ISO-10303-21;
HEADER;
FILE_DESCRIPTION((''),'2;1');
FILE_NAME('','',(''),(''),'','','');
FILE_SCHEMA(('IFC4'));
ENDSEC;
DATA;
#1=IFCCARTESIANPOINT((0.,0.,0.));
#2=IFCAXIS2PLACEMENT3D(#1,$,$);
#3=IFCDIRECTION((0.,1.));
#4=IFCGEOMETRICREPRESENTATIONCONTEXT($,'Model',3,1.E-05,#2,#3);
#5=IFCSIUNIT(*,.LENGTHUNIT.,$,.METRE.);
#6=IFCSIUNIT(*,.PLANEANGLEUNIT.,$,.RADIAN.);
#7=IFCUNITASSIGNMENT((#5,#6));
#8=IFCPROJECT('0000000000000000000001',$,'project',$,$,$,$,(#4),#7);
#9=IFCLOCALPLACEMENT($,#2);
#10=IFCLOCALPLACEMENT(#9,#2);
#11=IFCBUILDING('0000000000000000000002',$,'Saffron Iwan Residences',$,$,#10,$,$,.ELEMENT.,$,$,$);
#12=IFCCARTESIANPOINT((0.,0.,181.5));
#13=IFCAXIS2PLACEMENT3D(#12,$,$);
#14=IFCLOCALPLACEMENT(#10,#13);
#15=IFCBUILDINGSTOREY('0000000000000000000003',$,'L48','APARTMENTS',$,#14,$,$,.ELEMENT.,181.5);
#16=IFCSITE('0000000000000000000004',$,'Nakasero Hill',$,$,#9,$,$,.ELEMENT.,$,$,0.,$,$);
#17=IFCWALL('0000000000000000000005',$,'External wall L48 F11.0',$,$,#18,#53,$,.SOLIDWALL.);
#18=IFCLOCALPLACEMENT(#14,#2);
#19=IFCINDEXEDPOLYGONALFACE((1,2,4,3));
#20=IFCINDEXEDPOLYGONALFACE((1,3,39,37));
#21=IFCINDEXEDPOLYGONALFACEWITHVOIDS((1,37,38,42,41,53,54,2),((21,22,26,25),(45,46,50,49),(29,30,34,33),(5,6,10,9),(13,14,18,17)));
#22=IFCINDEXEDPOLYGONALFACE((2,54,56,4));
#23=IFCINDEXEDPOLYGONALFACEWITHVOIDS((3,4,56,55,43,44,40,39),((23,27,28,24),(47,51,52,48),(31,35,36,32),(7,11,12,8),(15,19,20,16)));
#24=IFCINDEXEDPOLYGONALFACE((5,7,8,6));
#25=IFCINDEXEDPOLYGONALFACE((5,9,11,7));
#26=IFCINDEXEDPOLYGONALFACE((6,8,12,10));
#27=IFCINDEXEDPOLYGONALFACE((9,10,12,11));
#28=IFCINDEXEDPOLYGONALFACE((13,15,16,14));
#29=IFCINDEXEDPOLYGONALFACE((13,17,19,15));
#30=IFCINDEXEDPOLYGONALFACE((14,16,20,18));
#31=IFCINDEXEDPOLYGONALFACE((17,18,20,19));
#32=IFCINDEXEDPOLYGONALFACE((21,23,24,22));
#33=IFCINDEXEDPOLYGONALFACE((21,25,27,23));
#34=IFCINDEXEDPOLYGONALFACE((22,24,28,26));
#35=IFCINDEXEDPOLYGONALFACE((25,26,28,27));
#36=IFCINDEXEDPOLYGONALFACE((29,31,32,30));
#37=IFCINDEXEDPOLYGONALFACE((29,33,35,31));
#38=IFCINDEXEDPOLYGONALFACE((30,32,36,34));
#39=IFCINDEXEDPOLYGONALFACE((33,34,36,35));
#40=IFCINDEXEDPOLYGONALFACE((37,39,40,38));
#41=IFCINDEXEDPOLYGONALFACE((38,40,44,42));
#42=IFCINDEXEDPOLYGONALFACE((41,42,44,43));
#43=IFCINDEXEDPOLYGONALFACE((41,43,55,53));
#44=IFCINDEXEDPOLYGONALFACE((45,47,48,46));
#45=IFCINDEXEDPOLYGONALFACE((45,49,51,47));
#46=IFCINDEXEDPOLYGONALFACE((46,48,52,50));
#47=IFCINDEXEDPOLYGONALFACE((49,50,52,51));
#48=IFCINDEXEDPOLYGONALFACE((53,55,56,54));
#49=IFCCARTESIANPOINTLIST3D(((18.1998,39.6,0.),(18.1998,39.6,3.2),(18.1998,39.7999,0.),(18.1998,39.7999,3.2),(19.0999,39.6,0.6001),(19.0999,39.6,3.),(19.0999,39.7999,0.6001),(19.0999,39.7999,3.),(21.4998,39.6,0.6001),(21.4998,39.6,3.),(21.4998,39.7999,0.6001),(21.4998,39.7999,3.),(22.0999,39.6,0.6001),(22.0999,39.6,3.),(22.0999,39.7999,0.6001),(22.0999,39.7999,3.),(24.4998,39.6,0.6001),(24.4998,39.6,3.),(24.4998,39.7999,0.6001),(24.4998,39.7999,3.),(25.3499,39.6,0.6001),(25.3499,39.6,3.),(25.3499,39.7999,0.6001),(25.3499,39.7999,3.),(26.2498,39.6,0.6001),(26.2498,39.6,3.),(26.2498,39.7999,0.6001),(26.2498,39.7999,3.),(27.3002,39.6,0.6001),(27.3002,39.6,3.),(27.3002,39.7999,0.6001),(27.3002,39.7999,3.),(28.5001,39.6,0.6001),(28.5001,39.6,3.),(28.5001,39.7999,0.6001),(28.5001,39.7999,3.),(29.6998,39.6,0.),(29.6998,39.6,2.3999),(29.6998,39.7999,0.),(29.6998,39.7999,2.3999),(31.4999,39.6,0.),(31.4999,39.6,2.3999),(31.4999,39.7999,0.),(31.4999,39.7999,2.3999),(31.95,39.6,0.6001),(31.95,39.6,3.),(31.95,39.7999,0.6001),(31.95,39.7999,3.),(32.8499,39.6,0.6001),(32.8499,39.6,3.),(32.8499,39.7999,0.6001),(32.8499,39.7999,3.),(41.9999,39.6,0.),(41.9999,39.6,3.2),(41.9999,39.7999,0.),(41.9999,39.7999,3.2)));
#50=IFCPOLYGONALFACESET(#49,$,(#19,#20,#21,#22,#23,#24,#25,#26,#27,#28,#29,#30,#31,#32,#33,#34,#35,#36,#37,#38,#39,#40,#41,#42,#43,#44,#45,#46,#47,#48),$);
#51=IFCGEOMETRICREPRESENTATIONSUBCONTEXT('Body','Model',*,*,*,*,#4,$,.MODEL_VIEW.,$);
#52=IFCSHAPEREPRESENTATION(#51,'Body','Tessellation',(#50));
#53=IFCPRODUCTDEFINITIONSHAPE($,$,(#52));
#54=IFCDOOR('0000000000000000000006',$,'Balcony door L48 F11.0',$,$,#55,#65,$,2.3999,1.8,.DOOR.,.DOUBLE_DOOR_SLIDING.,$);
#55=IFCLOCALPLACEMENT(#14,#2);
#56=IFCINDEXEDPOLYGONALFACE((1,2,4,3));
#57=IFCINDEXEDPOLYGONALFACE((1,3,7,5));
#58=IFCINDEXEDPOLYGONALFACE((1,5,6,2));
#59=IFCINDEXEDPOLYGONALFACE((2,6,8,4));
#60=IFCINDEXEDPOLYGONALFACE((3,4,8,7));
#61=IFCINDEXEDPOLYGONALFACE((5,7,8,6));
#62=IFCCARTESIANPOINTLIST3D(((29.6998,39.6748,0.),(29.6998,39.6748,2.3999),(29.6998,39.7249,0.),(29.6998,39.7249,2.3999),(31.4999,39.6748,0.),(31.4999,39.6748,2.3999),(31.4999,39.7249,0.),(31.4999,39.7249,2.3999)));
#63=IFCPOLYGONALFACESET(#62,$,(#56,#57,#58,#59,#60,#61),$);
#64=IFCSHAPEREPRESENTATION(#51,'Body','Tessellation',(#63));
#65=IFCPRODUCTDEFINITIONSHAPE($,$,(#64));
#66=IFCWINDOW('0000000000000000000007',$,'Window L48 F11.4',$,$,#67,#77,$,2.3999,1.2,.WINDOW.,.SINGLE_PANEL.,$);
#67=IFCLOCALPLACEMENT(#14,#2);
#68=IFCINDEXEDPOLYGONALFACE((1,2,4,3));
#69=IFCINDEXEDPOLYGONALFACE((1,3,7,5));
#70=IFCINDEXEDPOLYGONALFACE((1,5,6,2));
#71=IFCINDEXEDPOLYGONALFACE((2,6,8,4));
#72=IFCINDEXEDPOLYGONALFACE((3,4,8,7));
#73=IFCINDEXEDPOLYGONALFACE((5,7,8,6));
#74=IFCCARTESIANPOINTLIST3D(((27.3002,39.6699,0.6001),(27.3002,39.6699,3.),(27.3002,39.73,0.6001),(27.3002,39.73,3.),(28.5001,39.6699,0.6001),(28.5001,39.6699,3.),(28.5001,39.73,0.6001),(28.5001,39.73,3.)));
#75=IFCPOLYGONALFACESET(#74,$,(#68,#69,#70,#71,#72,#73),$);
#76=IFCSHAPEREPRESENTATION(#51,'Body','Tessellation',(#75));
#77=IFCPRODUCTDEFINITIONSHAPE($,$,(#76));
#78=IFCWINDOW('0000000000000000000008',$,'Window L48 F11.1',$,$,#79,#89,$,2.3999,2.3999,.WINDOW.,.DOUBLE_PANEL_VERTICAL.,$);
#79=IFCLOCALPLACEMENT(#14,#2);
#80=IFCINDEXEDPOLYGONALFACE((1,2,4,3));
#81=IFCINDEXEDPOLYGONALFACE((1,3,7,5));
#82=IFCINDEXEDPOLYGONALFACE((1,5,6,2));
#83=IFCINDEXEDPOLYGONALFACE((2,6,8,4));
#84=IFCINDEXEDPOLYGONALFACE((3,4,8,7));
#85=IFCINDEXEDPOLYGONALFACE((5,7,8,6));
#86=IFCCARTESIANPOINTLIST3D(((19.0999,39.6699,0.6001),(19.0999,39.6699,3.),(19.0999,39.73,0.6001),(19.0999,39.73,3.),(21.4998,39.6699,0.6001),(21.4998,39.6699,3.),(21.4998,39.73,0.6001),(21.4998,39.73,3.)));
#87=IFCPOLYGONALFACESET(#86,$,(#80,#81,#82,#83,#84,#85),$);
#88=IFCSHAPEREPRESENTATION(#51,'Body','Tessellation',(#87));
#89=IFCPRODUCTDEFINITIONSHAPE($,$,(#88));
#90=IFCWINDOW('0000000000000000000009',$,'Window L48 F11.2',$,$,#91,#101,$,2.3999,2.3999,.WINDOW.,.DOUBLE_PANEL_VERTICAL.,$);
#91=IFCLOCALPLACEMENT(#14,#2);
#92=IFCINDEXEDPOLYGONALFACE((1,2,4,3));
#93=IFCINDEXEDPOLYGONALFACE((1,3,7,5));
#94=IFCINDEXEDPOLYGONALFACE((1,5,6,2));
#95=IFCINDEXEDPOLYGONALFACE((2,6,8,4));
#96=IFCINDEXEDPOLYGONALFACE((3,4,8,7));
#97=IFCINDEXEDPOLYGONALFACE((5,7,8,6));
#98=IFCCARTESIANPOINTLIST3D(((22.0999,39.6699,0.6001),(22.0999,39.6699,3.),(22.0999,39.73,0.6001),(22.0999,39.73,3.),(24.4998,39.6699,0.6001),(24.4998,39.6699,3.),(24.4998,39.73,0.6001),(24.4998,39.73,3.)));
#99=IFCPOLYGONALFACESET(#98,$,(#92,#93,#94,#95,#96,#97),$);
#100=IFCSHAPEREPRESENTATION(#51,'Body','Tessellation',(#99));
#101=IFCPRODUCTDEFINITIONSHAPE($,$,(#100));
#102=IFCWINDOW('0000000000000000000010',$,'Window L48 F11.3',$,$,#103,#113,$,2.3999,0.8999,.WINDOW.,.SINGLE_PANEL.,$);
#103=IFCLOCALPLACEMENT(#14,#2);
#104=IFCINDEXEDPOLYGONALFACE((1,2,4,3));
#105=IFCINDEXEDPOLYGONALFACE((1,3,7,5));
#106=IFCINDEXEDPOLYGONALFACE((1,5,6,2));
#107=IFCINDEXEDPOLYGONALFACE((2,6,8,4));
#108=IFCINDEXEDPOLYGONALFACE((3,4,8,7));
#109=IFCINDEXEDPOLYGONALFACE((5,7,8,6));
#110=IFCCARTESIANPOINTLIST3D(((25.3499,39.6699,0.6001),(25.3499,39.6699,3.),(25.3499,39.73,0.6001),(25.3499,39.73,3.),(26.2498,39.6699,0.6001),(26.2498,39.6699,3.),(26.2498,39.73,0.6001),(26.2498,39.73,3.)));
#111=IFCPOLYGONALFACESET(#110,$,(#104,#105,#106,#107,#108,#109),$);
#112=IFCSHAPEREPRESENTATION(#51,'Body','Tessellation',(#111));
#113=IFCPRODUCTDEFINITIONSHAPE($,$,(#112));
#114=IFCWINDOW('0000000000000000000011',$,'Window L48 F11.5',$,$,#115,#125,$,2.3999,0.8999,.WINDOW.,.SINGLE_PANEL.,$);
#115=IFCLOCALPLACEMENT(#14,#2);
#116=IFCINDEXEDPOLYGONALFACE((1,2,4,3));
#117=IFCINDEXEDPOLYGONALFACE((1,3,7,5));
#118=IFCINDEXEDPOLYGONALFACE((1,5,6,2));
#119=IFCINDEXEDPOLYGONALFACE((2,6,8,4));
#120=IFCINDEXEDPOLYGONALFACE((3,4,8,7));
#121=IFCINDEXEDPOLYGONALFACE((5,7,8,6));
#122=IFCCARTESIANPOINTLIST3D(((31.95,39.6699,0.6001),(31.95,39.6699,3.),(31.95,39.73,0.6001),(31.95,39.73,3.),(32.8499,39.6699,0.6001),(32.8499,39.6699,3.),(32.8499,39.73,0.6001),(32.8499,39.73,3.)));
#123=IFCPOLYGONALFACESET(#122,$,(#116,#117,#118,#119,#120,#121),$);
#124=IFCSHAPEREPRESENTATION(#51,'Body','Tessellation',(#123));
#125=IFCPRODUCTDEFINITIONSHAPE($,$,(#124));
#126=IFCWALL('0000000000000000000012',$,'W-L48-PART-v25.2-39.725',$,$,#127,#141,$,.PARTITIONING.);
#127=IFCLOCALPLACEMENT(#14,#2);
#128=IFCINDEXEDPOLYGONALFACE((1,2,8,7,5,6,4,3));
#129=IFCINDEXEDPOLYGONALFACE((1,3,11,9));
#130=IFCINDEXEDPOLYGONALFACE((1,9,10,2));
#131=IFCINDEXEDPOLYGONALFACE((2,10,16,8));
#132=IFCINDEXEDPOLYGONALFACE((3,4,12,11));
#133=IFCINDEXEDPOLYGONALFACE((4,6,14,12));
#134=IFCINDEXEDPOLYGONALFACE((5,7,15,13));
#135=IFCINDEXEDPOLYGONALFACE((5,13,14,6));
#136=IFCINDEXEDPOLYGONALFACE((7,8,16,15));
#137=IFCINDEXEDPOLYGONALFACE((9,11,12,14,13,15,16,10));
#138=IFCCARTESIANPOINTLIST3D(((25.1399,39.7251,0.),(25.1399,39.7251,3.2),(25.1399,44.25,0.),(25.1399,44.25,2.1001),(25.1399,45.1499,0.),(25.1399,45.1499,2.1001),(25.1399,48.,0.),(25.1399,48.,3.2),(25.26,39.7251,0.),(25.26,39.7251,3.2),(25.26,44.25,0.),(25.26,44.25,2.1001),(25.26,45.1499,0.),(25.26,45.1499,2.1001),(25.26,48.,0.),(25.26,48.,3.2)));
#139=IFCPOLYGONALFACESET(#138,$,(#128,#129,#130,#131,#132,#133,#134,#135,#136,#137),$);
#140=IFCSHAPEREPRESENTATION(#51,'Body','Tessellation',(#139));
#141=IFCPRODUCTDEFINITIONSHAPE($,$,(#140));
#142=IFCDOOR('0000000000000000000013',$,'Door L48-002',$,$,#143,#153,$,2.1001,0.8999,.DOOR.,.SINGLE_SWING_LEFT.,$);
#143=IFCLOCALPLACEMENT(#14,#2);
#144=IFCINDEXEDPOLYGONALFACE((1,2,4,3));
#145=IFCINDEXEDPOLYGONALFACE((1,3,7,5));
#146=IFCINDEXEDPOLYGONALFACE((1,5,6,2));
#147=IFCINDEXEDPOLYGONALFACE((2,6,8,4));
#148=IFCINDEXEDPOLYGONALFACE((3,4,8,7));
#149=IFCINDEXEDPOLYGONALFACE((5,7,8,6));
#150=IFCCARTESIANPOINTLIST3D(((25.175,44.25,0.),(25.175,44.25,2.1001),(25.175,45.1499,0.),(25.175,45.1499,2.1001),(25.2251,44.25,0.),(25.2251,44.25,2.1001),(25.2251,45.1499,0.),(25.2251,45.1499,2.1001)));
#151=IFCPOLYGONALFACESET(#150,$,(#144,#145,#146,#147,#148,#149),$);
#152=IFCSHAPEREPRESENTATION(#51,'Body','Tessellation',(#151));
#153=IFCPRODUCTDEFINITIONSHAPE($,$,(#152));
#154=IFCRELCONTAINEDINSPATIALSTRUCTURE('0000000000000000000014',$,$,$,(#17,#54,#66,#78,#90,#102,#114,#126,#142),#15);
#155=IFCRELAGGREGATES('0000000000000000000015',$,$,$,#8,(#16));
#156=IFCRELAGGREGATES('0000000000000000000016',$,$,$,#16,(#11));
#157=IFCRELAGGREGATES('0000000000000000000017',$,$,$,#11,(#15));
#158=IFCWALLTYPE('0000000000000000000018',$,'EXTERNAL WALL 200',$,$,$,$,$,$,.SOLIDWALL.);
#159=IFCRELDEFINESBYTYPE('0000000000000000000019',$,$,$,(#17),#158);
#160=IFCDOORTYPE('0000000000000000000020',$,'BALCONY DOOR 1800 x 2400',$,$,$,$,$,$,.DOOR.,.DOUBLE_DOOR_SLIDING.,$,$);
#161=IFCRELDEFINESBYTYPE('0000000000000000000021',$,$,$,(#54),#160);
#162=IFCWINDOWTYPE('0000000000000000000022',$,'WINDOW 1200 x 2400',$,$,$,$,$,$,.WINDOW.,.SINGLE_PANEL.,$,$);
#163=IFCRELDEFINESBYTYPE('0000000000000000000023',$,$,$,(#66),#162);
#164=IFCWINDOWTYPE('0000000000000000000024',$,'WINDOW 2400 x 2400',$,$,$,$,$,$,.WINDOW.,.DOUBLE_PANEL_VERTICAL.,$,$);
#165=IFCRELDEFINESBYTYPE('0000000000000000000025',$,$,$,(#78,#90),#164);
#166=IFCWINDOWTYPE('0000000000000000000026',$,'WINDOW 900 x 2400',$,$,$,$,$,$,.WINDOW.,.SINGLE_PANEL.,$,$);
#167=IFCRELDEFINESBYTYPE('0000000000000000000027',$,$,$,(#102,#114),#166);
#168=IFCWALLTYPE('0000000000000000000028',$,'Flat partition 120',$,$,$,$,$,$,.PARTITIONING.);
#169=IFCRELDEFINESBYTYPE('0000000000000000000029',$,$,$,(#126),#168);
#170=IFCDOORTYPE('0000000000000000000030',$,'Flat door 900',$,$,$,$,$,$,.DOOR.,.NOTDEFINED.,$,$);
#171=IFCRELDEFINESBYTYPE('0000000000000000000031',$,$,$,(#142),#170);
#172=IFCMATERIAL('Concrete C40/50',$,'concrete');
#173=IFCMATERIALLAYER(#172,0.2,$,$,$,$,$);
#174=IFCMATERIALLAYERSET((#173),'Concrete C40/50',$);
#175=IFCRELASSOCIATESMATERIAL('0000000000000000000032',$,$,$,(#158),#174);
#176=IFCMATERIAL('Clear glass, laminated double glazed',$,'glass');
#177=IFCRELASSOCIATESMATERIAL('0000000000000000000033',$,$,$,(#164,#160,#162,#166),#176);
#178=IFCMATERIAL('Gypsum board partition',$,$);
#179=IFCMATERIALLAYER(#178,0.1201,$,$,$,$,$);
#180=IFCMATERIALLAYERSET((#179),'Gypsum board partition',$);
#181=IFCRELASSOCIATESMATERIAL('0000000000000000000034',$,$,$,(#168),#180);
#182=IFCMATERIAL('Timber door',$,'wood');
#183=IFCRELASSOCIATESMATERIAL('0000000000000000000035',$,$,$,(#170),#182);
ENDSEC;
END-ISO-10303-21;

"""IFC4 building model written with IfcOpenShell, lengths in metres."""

from ifc_helpers import new_model, si_unit, direction, frame, frame_2d, origin, place, context, subcontext, project, spatial, rectangle, extrude, material, layer, layer_set, type_object, element, fill, save


model = new_model("IFC4")

# Units and contexts
model_context = context("Model", 3, precision=1e-05, world=origin(), true_north=direction((0.0, 1.0)))
body_context = subcontext(model_context, "Body", "Model", "MODEL_VIEW")
ifc_project = project(units=[si_unit("LENGTHUNIT", "METRE"), si_unit("PLANEANGLEUNIT", "RADIAN")], contexts=[model_context])

# Site, building, storey
site_placement = place(None, origin())
site = spatial("IfcSite", under=ifc_project, at=site_placement, Name="Nakasero Hill", CompositionType="ELEMENT", RefElevation=0.0)
building_placement = place(site_placement, origin())
building = spatial("IfcBuilding", under=site, at=building_placement, Name="Saffron Iwan Residences", CompositionType="ELEMENT")
storey_placement = place(building_placement, frame((0.0, 0.0, 181.5)))
storey = spatial("IfcBuildingStorey", under=building, at=storey_placement, Name="L48", Description="APARTMENTS", CompositionType="ELEMENT", Elevation=181.5)

# Shared definitions
ifc_material_1 = material(Name="Concrete C40/50", Category="concrete")
ifc_layer_1 = layer(ifc_material_1, 0.2)
ifc_layer_set_1 = layer_set([ifc_layer_1], Name="Concrete C40/50")
wall_type_1 = type_object("IfcWallType", Name="EXTERNAL WALL 200", PredefinedType="SOLIDWALL", material=ifc_layer_set_1)
ifc_material_2 = material(Name="Clear glass, laminated double glazed", Category="glass")
window_type_1 = type_object("IfcWindowType", Name="WINDOW 2400 x 2400", PartitioningType="DOUBLE_PANEL_VERTICAL", PredefinedType="WINDOW", material=ifc_material_2)

# Wall, openings, door, windows
wall_1_placement = place(storey_placement, frame((18.2, 39.7, 0.0), z_axis=(0.0, 0.0, 1.0), x_axis=(1.0, 0.0, 0.0)))
wall_1 = element("IfcWall", 1, at=wall_1_placement, inside=storey, type_object=wall_type_1, Name="External wall L48 F11.0", PredefinedType="SOLIDWALL", context=body_context, shape_type="SweptSolid", body=[
    extrude(rectangle(XDim=23.8, YDim=0.2, at=frame_2d((11.8999, 0.0))), origin(), (0.0, 0.0, 1.0), 3.2),
])
opening_1_placement = place(wall_1_placement, frame((11.5, 0.0, 0.0)))
opening_1 = element("IfcOpeningElement", 2, at=opening_1_placement, cuts=wall_1, PredefinedType="OPENING", context=body_context, shape_type="SweptSolid", body=[
    extrude(rectangle(XDim=1.8, YDim=2.3999, at=frame_2d((0.8999, 1.2))), frame((0.0, 0.1099, 0.0), z_axis=(0.0, -1.0, 0.0), x_axis=(1.0, 0.0, 0.0)), (0.0, 0.0, 1.0), 0.22),
])
opening_2_placement = place(wall_1_placement, frame((0.8999, 0.0, 0.6001)))
opening_2 = element("IfcOpeningElement", 3, at=opening_2_placement, cuts=wall_1, PredefinedType="OPENING", context=body_context, shape_type="SweptSolid", body=[
    extrude(rectangle(XDim=2.3999, YDim=2.3999, at=frame_2d((1.2, 1.2))), frame((0.0, 0.1099, 0.0), z_axis=(0.0, -1.0, 0.0), x_axis=(1.0, 0.0, 0.0)), (0.0, 0.0, 1.0), 0.22),
])
opening_3_placement = place(wall_1_placement, frame((3.8999, 0.0, 0.6001)))
opening_3 = element("IfcOpeningElement", 4, at=opening_3_placement, cuts=wall_1, PredefinedType="OPENING", context=body_context, shape_type="SweptSolid", body=[
    extrude(rectangle(XDim=2.3999, YDim=2.3999, at=frame_2d((1.2, 1.2))), frame((0.0, 0.1099, 0.0), z_axis=(0.0, -1.0, 0.0), x_axis=(1.0, 0.0, 0.0)), (0.0, 0.0, 1.0), 0.22),
])
opening_4_placement = place(wall_1_placement, frame((7.1499, 0.0, 0.6001)))
opening_4 = element("IfcOpeningElement", 5, at=opening_4_placement, cuts=wall_1, PredefinedType="OPENING", context=body_context, shape_type="SweptSolid", body=[
    extrude(rectangle(XDim=0.8999, YDim=2.3999, at=frame_2d((0.45, 1.2))), frame((0.0, 0.1099, 0.0), z_axis=(0.0, -1.0, 0.0), x_axis=(1.0, 0.0, 0.0)), (0.0, 0.0, 1.0), 0.22),
])
opening_5_placement = place(wall_1_placement, frame((9.1001, 0.0, 0.6001)))
opening_5 = element("IfcOpeningElement", 6, at=opening_5_placement, cuts=wall_1, PredefinedType="OPENING", context=body_context, shape_type="SweptSolid", body=[
    extrude(rectangle(XDim=1.2, YDim=2.3999, at=frame_2d((0.6001, 1.2))), frame((0.0, 0.1099, 0.0), z_axis=(0.0, -1.0, 0.0), x_axis=(1.0, 0.0, 0.0)), (0.0, 0.0, 1.0), 0.22),
])
opening_6_placement = place(wall_1_placement, frame((13.75, 0.0, 0.6001)))
opening_6 = element("IfcOpeningElement", 7, at=opening_6_placement, cuts=wall_1, PredefinedType="OPENING", context=body_context, shape_type="SweptSolid", body=[
    extrude(rectangle(XDim=0.8999, YDim=2.3999, at=frame_2d((0.45, 1.2))), frame((0.0, 0.1099, 0.0), z_axis=(0.0, -1.0, 0.0), x_axis=(1.0, 0.0, 0.0)), (0.0, 0.0, 1.0), 0.22),
])
door_type_1 = type_object("IfcDoorType", Name="BALCONY DOOR 1800 x 2400", OperationType="DOUBLE_DOOR_SLIDING", PredefinedType="DOOR", material=ifc_material_2)
door_1_placement = place(opening_1_placement, origin())
door_1 = element("IfcDoor", 8, at=door_1_placement, inside=storey, type_object=door_type_1, Name="Balcony door L48 F11.0", OperationType="DOUBLE_DOOR_SLIDING", OverallHeight=2.3999, OverallWidth=1.8, PredefinedType="DOOR", context=body_context, shape_type="SweptSolid", body=[
    extrude(rectangle(XDim=1.8, YDim=2.3999, at=frame_2d((0.8999, 1.2))), frame((0.0, 0.0249, 0.0), z_axis=(0.0, -1.0, 0.0), x_axis=(1.0, 0.0, 0.0)), (0.0, 0.0, 1.0), 0.05),
])
fill(opening_1, door_1)
window_type_2 = type_object("IfcWindowType", Name="WINDOW 1200 x 2400", PartitioningType="SINGLE_PANEL", PredefinedType="WINDOW", material=ifc_material_2)
window_1_placement = place(opening_5_placement, origin())
window_1 = element("IfcWindow", 9, at=window_1_placement, inside=storey, type_object=window_type_2, Name="Window L48 F11.4", OverallHeight=2.3999, OverallWidth=1.2, PartitioningType="SINGLE_PANEL", PredefinedType="WINDOW", context=body_context, shape_type="SweptSolid", body=[
    extrude(rectangle(XDim=1.2, YDim=2.3999, at=frame_2d((0.6001, 1.2))), frame((0.0, 0.03, 0.0), z_axis=(0.0, -1.0, 0.0), x_axis=(1.0, 0.0, 0.0)), (0.0, 0.0, 1.0), 0.0601),
])
fill(opening_5, window_1)
window_2_placement = place(opening_2_placement, origin())
window_2 = element("IfcWindow", 10, at=window_2_placement, inside=storey, type_object=window_type_1, Name="Window L48 F11.1", OverallHeight=2.3999, OverallWidth=2.3999, PartitioningType="DOUBLE_PANEL_VERTICAL", PredefinedType="WINDOW", context=body_context, shape_type="SweptSolid", body=[
    extrude(rectangle(XDim=2.3999, YDim=2.3999, at=frame_2d((1.2, 1.2))), frame((0.0, 0.03, 0.0), z_axis=(0.0, -1.0, 0.0), x_axis=(1.0, 0.0, 0.0)), (0.0, 0.0, 1.0), 0.0601),
])
fill(opening_2, window_2)
window_3_placement = place(opening_3_placement, origin())
window_3 = element("IfcWindow", 11, at=window_3_placement, inside=storey, type_object=window_type_1, Name="Window L48 F11.2", OverallHeight=2.3999, OverallWidth=2.3999, PartitioningType="DOUBLE_PANEL_VERTICAL", PredefinedType="WINDOW", context=body_context, shape_type="SweptSolid", body=[
    extrude(rectangle(XDim=2.3999, YDim=2.3999, at=frame_2d((1.2, 1.2))), frame((0.0, 0.03, 0.0), z_axis=(0.0, -1.0, 0.0), x_axis=(1.0, 0.0, 0.0)), (0.0, 0.0, 1.0), 0.0601),
])
fill(opening_3, window_3)
window_type_3 = type_object("IfcWindowType", Name="WINDOW 900 x 2400", PartitioningType="SINGLE_PANEL", PredefinedType="WINDOW", material=ifc_material_2)
window_4_placement = place(opening_4_placement, origin())
window_4 = element("IfcWindow", 12, at=window_4_placement, inside=storey, type_object=window_type_3, Name="Window L48 F11.3", OverallHeight=2.3999, OverallWidth=0.8999, PartitioningType="SINGLE_PANEL", PredefinedType="WINDOW", context=body_context, shape_type="SweptSolid", body=[
    extrude(rectangle(XDim=0.8999, YDim=2.3999, at=frame_2d((0.45, 1.2))), frame((0.0, 0.03, 0.0), z_axis=(0.0, -1.0, 0.0), x_axis=(1.0, 0.0, 0.0)), (0.0, 0.0, 1.0), 0.0601),
])
fill(opening_4, window_4)
window_5_placement = place(opening_6_placement, origin())
window_5 = element("IfcWindow", 13, at=window_5_placement, inside=storey, type_object=window_type_3, Name="Window L48 F11.5", OverallHeight=2.3999, OverallWidth=0.8999, PartitioningType="SINGLE_PANEL", PredefinedType="WINDOW", context=body_context, shape_type="SweptSolid", body=[
    extrude(rectangle(XDim=0.8999, YDim=2.3999, at=frame_2d((0.45, 1.2))), frame((0.0, 0.03, 0.0), z_axis=(0.0, -1.0, 0.0), x_axis=(1.0, 0.0, 0.0)), (0.0, 0.0, 1.0), 0.0601),
])
fill(opening_6, window_5)

# Wall, opening, door
ifc_material_3 = material(Name="Gypsum board partition")
ifc_layer_2 = layer(ifc_material_3, 0.1201)
ifc_layer_set_2 = layer_set([ifc_layer_2], Name="Gypsum board partition")
wall_type_2 = type_object("IfcWallType", Name="Flat partition 120", PredefinedType="PARTITIONING", material=ifc_layer_set_2)
wall_2_placement = place(storey_placement, frame((25.2, 39.7251, 0.0), z_axis=(0.0, 0.0, 1.0), x_axis=(0.0, 1.0, 0.0)))
wall_2 = element("IfcWall", 14, at=wall_2_placement, inside=storey, type_object=wall_type_2, Name="W-L48-PART-v25.2-39.725", PredefinedType="PARTITIONING", context=body_context, shape_type="SweptSolid", body=[
    extrude(rectangle(XDim=8.2749, YDim=0.1201, at=frame_2d((4.1375, 0.0))), origin(), (0.0, 0.0, 1.0), 3.2),
])
opening_7_placement = place(wall_2_placement, frame((4.5249, 0.0, 0.0)))
opening_7 = element("IfcOpeningElement", 15, at=opening_7_placement, cuts=wall_2, PredefinedType="OPENING", context=body_context, shape_type="SweptSolid", body=[
    extrude(rectangle(XDim=0.8999, YDim=2.1001, at=frame_2d((0.45, 1.05))), frame((0.0, 0.0701, 0.0), z_axis=(0.0, -1.0, 0.0), x_axis=(1.0, 0.0, 0.0)), (0.0, 0.0, 1.0), 0.1401),
])
ifc_material_4 = material(Name="Timber door", Category="wood")
door_type_2 = type_object("IfcDoorType", Name="Flat door 900", OperationType="NOTDEFINED", PredefinedType="DOOR", material=ifc_material_4)
door_2_placement = place(opening_7_placement, origin())
door_2 = element("IfcDoor", 16, at=door_2_placement, inside=storey, type_object=door_type_2, Name="Door L48-002", OperationType="SINGLE_SWING_LEFT", OverallHeight=2.1001, OverallWidth=0.8999, PredefinedType="DOOR", context=body_context, shape_type="SweptSolid", body=[
    extrude(rectangle(XDim=0.8999, YDim=2.1001, at=frame_2d((0.45, 1.05))), frame((0.0, 0.0249, 0.0), z_axis=(0.0, -1.0, 0.0), x_axis=(1.0, 0.0, 0.0)), (0.0, 0.0, 1.0), 0.05),
])
fill(opening_7, door_2)

save(model, "model.ifc")
